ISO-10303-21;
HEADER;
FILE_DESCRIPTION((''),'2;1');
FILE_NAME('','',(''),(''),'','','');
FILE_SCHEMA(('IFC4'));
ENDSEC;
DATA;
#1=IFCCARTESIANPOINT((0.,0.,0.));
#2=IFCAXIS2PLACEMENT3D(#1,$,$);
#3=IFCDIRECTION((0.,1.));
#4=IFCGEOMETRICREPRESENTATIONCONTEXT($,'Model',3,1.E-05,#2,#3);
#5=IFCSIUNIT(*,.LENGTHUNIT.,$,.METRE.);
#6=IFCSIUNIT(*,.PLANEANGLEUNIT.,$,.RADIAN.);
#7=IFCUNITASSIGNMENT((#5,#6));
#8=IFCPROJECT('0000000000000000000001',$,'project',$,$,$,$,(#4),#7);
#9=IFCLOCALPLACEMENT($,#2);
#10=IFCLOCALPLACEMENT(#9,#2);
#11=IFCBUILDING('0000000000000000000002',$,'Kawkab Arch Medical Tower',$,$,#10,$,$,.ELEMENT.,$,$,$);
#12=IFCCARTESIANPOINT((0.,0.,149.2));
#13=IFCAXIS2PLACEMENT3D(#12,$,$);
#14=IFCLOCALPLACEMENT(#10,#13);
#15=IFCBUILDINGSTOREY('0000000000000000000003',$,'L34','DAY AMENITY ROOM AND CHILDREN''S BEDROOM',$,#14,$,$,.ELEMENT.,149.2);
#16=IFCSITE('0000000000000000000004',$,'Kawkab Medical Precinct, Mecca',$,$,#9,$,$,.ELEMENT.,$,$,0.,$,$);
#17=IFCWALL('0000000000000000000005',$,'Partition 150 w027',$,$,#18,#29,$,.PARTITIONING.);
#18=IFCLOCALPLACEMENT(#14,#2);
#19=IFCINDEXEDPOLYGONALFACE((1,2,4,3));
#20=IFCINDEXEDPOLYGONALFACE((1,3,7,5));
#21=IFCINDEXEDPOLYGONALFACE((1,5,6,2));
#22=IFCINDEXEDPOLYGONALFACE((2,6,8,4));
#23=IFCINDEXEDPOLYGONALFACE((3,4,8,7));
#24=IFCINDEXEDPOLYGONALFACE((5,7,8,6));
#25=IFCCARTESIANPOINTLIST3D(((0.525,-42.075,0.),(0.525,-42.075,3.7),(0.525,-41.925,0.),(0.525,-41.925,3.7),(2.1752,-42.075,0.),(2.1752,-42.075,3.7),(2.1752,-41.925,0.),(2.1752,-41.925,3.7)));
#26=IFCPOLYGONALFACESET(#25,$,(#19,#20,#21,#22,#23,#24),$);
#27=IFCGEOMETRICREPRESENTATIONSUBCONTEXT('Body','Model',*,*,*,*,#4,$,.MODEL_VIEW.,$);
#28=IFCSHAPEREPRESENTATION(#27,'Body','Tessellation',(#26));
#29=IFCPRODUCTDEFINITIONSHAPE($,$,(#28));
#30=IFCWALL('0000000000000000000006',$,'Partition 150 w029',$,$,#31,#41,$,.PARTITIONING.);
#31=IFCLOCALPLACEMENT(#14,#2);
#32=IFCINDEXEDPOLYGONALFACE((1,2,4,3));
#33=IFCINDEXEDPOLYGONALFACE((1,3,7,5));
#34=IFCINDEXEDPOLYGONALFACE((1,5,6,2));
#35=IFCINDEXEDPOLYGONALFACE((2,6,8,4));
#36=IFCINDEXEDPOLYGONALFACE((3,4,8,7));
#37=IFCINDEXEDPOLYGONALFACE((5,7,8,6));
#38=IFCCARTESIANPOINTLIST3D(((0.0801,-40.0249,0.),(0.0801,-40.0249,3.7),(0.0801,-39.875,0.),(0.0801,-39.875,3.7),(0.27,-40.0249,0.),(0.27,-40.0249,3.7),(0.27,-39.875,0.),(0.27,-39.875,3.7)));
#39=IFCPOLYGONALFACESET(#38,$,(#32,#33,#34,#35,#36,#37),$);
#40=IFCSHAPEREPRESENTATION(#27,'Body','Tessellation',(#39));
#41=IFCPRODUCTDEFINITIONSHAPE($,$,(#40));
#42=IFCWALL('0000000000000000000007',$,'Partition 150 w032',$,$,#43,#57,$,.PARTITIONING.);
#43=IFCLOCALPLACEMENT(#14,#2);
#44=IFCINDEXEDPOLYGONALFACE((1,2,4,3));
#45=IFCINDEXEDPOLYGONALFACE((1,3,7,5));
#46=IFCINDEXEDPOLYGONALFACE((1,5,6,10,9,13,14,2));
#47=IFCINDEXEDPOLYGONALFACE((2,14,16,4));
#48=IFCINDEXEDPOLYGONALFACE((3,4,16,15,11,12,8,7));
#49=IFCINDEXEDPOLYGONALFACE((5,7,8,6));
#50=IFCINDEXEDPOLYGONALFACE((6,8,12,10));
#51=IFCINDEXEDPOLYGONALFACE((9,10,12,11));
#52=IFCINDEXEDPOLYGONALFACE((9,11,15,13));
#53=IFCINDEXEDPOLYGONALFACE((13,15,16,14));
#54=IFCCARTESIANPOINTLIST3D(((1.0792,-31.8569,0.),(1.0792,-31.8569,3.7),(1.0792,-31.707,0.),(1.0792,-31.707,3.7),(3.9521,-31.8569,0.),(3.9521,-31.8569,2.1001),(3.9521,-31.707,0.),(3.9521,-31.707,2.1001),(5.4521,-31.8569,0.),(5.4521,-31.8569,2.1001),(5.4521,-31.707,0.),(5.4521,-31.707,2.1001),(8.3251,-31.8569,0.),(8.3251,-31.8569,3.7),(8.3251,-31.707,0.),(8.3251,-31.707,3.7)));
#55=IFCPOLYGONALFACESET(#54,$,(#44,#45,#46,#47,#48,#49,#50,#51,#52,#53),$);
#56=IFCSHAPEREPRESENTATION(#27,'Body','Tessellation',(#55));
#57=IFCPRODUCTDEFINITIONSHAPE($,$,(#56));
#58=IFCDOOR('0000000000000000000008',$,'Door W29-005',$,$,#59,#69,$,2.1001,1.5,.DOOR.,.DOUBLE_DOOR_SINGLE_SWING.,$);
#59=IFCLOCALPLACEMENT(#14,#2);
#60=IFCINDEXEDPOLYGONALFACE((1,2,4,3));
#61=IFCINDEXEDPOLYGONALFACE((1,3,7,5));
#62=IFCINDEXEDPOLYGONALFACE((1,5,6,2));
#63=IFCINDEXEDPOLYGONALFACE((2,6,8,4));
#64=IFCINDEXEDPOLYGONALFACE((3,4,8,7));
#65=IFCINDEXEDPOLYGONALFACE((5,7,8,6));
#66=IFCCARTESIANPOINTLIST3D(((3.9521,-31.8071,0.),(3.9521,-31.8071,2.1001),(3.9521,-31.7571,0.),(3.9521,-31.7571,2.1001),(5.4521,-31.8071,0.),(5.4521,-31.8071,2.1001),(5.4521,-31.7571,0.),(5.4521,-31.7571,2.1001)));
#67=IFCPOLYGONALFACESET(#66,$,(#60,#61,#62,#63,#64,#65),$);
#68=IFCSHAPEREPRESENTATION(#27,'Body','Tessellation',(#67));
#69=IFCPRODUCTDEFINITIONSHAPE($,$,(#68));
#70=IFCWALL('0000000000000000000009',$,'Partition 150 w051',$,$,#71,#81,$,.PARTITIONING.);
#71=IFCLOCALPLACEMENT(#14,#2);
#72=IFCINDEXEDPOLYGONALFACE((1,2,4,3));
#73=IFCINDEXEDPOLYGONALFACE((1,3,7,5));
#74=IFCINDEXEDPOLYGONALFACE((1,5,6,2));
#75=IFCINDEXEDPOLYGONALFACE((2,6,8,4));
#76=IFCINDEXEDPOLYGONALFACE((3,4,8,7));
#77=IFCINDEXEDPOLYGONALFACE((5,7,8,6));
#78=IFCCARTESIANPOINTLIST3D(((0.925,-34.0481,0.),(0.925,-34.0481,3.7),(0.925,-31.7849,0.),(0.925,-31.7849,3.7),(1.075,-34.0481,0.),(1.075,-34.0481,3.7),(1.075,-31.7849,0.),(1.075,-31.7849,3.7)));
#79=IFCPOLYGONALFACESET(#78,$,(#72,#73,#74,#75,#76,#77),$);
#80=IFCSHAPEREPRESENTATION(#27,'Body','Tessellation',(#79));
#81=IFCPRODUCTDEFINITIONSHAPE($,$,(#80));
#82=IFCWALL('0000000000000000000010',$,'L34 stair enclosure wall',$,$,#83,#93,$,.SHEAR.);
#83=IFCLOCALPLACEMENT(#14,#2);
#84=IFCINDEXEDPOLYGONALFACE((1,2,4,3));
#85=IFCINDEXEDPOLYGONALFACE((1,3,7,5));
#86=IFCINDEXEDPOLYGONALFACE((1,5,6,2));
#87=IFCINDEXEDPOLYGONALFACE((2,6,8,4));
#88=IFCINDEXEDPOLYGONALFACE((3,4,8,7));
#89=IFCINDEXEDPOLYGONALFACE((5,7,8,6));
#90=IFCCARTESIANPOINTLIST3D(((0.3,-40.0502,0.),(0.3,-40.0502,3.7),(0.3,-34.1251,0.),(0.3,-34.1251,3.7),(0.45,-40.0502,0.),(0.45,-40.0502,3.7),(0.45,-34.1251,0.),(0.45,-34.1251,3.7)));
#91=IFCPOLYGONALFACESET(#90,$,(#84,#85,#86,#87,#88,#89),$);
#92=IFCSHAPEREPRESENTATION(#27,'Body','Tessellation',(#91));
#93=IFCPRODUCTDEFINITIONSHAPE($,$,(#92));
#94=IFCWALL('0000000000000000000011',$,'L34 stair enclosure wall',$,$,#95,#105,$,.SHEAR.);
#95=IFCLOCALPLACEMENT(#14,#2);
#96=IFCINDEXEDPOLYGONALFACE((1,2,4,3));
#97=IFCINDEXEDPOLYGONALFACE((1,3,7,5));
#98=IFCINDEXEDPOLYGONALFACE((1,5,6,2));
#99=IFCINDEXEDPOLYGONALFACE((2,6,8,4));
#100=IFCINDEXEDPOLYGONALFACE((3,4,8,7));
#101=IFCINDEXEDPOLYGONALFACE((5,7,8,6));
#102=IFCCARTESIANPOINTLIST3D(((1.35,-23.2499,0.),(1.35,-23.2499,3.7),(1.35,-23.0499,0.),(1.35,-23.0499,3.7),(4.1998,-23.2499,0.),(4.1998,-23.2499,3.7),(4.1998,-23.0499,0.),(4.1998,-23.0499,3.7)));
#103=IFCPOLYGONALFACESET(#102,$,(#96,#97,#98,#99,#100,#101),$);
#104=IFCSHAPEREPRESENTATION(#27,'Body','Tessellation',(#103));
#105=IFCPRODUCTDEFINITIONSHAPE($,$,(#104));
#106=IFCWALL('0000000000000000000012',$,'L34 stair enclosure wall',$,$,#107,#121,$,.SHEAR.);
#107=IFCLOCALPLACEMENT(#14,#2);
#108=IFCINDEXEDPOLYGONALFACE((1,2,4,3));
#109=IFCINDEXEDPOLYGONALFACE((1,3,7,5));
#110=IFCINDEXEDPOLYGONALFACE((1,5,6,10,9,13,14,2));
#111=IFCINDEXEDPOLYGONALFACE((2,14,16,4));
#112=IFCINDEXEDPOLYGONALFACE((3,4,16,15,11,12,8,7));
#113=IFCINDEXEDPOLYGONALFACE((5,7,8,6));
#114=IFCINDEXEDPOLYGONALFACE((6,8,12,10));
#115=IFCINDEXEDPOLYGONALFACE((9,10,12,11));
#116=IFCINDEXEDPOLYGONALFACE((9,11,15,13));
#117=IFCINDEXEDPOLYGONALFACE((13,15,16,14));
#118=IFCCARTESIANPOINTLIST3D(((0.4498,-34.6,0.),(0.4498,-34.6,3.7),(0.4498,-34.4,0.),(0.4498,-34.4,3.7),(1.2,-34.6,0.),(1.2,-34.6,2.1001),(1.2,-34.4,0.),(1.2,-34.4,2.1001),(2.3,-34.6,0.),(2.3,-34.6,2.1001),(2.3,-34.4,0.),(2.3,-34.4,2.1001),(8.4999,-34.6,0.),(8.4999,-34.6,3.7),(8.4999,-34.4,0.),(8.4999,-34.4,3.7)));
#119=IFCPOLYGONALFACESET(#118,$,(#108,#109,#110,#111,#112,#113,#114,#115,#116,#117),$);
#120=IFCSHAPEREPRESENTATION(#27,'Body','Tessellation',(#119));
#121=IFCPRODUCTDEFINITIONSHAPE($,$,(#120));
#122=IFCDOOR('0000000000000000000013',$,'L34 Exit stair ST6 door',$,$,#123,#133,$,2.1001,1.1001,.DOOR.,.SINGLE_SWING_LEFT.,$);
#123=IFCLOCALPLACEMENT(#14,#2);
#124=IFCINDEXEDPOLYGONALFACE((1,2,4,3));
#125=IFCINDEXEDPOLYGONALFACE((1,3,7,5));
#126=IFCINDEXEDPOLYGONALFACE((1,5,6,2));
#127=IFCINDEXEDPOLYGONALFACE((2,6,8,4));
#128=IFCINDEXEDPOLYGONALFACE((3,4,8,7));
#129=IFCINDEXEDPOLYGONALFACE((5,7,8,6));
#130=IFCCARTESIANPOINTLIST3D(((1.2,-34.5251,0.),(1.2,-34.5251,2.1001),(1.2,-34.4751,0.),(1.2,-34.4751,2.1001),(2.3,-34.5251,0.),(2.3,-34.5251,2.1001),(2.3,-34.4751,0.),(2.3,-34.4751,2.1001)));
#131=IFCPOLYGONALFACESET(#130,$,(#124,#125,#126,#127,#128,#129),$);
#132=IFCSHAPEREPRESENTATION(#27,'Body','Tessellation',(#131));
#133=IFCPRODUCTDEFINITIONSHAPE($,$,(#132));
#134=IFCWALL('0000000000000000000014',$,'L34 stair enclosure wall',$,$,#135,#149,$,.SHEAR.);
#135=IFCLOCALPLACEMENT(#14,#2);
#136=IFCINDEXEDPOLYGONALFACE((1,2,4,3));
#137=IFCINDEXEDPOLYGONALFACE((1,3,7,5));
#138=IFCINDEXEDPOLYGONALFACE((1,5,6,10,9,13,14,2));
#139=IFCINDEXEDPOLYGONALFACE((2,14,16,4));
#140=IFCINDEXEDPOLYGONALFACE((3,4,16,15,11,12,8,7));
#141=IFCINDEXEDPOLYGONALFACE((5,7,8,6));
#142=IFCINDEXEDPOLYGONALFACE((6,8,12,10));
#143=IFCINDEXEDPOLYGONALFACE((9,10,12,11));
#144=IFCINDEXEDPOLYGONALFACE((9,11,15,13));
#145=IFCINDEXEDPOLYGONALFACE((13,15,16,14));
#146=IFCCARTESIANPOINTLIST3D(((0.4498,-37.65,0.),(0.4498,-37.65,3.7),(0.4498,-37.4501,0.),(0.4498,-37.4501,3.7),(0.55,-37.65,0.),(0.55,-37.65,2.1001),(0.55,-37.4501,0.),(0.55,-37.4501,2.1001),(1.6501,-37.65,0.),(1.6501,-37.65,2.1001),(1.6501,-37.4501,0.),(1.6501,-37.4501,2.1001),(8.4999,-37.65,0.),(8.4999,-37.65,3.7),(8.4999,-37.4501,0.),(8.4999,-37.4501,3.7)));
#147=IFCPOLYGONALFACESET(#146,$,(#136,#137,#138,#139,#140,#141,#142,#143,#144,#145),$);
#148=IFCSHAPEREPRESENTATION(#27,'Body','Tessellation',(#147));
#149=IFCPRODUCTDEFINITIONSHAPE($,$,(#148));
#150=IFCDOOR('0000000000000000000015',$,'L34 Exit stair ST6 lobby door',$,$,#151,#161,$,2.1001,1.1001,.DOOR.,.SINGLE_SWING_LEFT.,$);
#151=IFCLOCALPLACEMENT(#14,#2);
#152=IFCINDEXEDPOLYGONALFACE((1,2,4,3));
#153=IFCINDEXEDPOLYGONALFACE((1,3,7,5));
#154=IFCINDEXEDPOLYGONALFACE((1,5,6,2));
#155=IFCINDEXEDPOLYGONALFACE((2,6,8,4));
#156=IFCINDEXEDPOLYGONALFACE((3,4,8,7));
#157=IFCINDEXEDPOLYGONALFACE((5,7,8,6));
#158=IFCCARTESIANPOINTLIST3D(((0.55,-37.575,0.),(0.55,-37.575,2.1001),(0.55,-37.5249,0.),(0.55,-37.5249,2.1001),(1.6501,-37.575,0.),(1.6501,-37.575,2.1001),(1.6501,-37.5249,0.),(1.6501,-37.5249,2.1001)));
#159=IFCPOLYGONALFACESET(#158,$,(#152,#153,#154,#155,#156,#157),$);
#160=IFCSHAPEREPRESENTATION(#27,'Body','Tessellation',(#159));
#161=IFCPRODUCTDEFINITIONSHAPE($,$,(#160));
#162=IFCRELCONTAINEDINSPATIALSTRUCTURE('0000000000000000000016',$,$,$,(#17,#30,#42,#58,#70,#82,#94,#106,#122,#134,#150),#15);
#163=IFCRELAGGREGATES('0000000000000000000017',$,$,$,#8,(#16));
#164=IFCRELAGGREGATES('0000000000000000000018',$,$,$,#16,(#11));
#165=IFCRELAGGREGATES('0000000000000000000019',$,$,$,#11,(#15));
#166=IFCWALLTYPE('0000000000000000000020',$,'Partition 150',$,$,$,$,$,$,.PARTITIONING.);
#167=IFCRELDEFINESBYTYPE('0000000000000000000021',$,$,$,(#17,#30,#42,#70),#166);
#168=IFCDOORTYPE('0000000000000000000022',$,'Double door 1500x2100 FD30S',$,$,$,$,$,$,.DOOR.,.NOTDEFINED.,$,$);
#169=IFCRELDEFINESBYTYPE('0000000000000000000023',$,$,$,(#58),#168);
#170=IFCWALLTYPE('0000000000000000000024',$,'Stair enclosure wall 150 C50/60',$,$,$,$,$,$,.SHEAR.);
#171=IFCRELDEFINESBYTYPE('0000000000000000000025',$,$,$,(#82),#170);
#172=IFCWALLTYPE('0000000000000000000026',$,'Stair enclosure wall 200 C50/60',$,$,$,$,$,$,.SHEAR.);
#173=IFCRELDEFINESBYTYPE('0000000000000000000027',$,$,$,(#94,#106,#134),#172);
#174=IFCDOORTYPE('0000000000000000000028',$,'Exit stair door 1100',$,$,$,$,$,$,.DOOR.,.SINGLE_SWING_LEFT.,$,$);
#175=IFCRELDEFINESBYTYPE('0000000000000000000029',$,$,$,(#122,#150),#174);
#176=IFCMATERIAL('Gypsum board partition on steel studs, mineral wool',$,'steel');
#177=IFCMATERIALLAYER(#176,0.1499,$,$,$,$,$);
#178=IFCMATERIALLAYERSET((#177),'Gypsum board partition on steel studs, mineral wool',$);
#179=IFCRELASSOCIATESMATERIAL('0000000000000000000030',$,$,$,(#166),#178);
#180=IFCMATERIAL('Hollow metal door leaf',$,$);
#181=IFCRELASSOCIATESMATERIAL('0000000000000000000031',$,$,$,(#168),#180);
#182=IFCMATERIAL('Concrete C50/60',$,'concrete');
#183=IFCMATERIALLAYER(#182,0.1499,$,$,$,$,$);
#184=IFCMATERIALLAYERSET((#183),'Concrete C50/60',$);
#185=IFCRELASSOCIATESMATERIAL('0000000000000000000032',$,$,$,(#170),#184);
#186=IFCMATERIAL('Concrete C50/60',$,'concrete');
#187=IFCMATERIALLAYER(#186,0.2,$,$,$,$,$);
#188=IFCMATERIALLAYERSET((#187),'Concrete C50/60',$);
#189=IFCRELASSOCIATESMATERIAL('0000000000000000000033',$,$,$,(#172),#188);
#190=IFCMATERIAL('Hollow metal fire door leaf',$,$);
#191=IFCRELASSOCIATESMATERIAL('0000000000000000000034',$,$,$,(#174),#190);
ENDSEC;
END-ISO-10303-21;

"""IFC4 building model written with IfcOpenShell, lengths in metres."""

from ifc_helpers import new_model, si_unit, direction, frame, frame_2d, origin, place, context, subcontext, project, spatial, rectangle, extrude, material, layer, layer_set, type_object, element, fill, save


model = new_model("IFC4")

# Units and contexts
model_context = context("Model", 3, precision=1e-05, world=origin(), true_north=direction((0.0, 1.0)))
body_context = subcontext(model_context, "Body", "Model", "MODEL_VIEW")
ifc_project = project(units=[si_unit("LENGTHUNIT", "METRE"), si_unit("PLANEANGLEUNIT", "RADIAN")], contexts=[model_context])

# Site, building, storey
site_placement = place(None, origin())
site = spatial("IfcSite", under=ifc_project, at=site_placement, Name="Kawkab Medical Precinct, Mecca", CompositionType="ELEMENT", RefElevation=0.0)
building_placement = place(site_placement, origin())
building = spatial("IfcBuilding", under=site, at=building_placement, Name="Kawkab Arch Medical Tower", CompositionType="ELEMENT")
storey_placement = place(building_placement, frame((0.0, 0.0, 149.2)))
storey = spatial("IfcBuildingStorey", under=building, at=storey_placement, Name="L34", Description="DAY AMENITY ROOM AND CHILDREN'S BEDROOM", CompositionType="ELEMENT", Elevation=149.2)

# Walls
ifc_material_1 = material(Name="Gypsum board partition on steel studs, mineral wool", Category="steel")
ifc_layer_1 = layer(ifc_material_1, 0.1499)
ifc_layer_set_1 = layer_set([ifc_layer_1], Name="Gypsum board partition on steel studs, mineral wool")
wall_type_1 = type_object("IfcWallType", Name="Partition 150", PredefinedType="PARTITIONING", material=ifc_layer_set_1)
wall_1_placement = place(storey_placement, frame((0.5249, -42.0, 0.0), z_axis=(0.0, 0.0, 1.0), x_axis=(1.0, 0.0, 0.0)))
element("IfcWall", 1, at=wall_1_placement, inside=storey, type_object=wall_type_1, Name="Partition 150 w027", PredefinedType="PARTITIONING", context=body_context, shape_type="SweptSolid", body=[
    extrude(rectangle(XDim=1.6501, YDim=0.1499, at=frame_2d((0.8252, 0.0))), origin(), (0.0, 0.0, 1.0), 3.7),
])
wall_2_placement = place(storey_placement, frame((0.0801, -39.95, 0.0), z_axis=(0.0, 0.0, 1.0), x_axis=(1.0, 0.0, 0.0)))
element("IfcWall", 2, at=wall_2_placement, inside=storey, type_object=wall_type_1, Name="Partition 150 w029", PredefinedType="PARTITIONING", context=body_context, shape_type="SweptSolid", body=[
    extrude(rectangle(XDim=0.1899, YDim=0.1499, at=frame_2d((0.095, 0.0))), origin(), (0.0, 0.0, 1.0), 3.7),
])

# Wall, opening, door
wall_3_placement = place(storey_placement, frame((1.0791, -31.782, 0.0), z_axis=(0.0, 0.0, 1.0), x_axis=(1.0, 0.0, 0.0)))
wall_3 = element("IfcWall", 3, at=wall_3_placement, inside=storey, type_object=wall_type_1, Name="Partition 150 w032", PredefinedType="PARTITIONING", context=body_context, shape_type="SweptSolid", body=[
    extrude(rectangle(XDim=7.2458, YDim=0.1499, at=frame_2d((3.623, 0.0))), origin(), (0.0, 0.0, 1.0), 3.7),
])
opening_1_placement = place(wall_3_placement, frame((2.873, 0.0, 0.0)))
opening_1 = element("IfcOpeningElement", 4, at=opening_1_placement, cuts=wall_3, PredefinedType="OPENING", context=body_context, shape_type="SweptSolid", body=[
    extrude(rectangle(XDim=1.5, YDim=2.1001, at=frame_2d((0.75, 1.05))), frame((0.0, 0.085, 0.0), z_axis=(0.0, -1.0, 0.0), x_axis=(1.0, 0.0, 0.0)), (0.0, 0.0, 1.0), 0.1699),
])
ifc_material_2 = material(Name="Hollow metal door leaf")
door_type_1 = type_object("IfcDoorType", Name="Double door 1500x2100 FD30S", OperationType="NOTDEFINED", PredefinedType="DOOR", material=ifc_material_2)
door_1_placement = place(opening_1_placement, origin())
door_1 = element("IfcDoor", 5, at=door_1_placement, inside=storey, type_object=door_type_1, Name="Door W29-005", OperationType="DOUBLE_DOOR_SINGLE_SWING", OverallHeight=2.1001, OverallWidth=1.5, PredefinedType="DOOR", context=body_context, shape_type="SweptSolid", body=[
    extrude(rectangle(XDim=1.5, YDim=2.1001, at=frame_2d((0.75, 1.05))), frame((0.0, 0.0249, 0.0), z_axis=(0.0, -1.0, 0.0), x_axis=(1.0, 0.0, 0.0)), (0.0, 0.0, 1.0), 0.05),
])
fill(opening_1, door_1)

# Walls
wall_4_placement = place(storey_placement, frame((1.0, -34.0481, 0.0), z_axis=(0.0, 0.0, 1.0), x_axis=(0.0, 1.0, 0.0)))
element("IfcWall", 6, at=wall_4_placement, inside=storey, type_object=wall_type_1, Name="Partition 150 w051", PredefinedType="PARTITIONING", context=body_context, shape_type="SweptSolid", body=[
    extrude(rectangle(XDim=2.2632, YDim=0.1499, at=frame_2d((1.1316, 0.0))), origin(), (0.0, 0.0, 1.0), 3.7),
])
ifc_material_3 = material(Name="Concrete C50/60", Category="concrete")
ifc_layer_2 = layer(ifc_material_3, 0.1499)
ifc_layer_set_2 = layer_set([ifc_layer_2], Name="Concrete C50/60")
wall_type_2 = type_object("IfcWallType", Name="Stair enclosure wall 150 C50/60", PredefinedType="SHEAR", material=ifc_layer_set_2)
wall_5_placement = place(storey_placement, frame((0.375, -40.05, 0.0), z_axis=(0.0, 0.0, 1.0), x_axis=(0.0, 1.0, 0.0)))
element("IfcWall", 7, at=wall_5_placement, inside=storey, type_object=wall_type_2, Name="L34 stair enclosure wall", PredefinedType="SHEAR", context=body_context, shape_type="SweptSolid", body=[
    extrude(rectangle(XDim=5.925, YDim=0.1499, at=frame_2d((2.9624, 0.0))), origin(), (0.0, 0.0, 1.0), 3.7),
])
ifc_material_4 = material(Name="Concrete C50/60", Category="concrete")
ifc_layer_3 = layer(ifc_material_4, 0.2)
ifc_layer_set_3 = layer_set([ifc_layer_3], Name="Concrete C50/60")
wall_type_3 = type_object("IfcWallType", Name="Stair enclosure wall 200 C50/60", PredefinedType="SHEAR", material=ifc_layer_set_3)
wall_6_placement = place(storey_placement, frame((1.3501, -23.1499, 0.0), z_axis=(0.0, 0.0, 1.0), x_axis=(1.0, 0.0, 0.0)))
element("IfcWall", 8, at=wall_6_placement, inside=storey, type_object=wall_type_3, Name="L34 stair enclosure wall", PredefinedType="SHEAR", context=body_context, shape_type="SweptSolid", body=[
    extrude(rectangle(XDim=2.8499, YDim=0.2, at=frame_2d((1.4248, 0.0))), origin(), (0.0, 0.0, 1.0), 3.7),
])

# Walls, openings, doors
wall_7_placement = place(storey_placement, frame((0.45, -34.5, 0.0), z_axis=(0.0, 0.0, 1.0), x_axis=(1.0, 0.0, 0.0)))
wall_7 = element("IfcWall", 9, at=wall_7_placement, inside=storey, type_object=wall_type_3, Name="L34 stair enclosure wall", PredefinedType="SHEAR", context=body_context, shape_type="SweptSolid", body=[
    extrude(rectangle(XDim=8.05, YDim=0.2, at=frame_2d((4.0249, 0.0))), origin(), (0.0, 0.0, 1.0), 3.7),
])
opening_2_placement = place(wall_7_placement, frame((0.75, 0.0, 0.0)))
opening_2 = element("IfcOpeningElement", 10, at=opening_2_placement, cuts=wall_7, PredefinedType="OPENING", context=body_context, shape_type="SweptSolid", body=[
    extrude(rectangle(XDim=1.1001, YDim=2.1001, at=frame_2d((0.55, 1.05))), frame((0.0, 0.1099, 0.0), z_axis=(0.0, -1.0, 0.0), x_axis=(1.0, 0.0, 0.0)), (0.0, 0.0, 1.0), 0.22),
])
ifc_material_5 = material(Name="Hollow metal fire door leaf")
door_type_2 = type_object("IfcDoorType", Name="Exit stair door 1100", OperationType="SINGLE_SWING_LEFT", PredefinedType="DOOR", material=ifc_material_5)
door_2_placement = place(opening_2_placement, origin())
door_2 = element("IfcDoor", 11, at=door_2_placement, inside=storey, type_object=door_type_2, Name="L34 Exit stair ST6 door", OperationType="SINGLE_SWING_LEFT", OverallHeight=2.1001, OverallWidth=1.1001, PredefinedType="DOOR", context=body_context, shape_type="SweptSolid", body=[
    extrude(rectangle(XDim=1.1001, YDim=2.1001, at=frame_2d((0.55, 1.05))), frame((0.0, 0.0249, 0.0), z_axis=(0.0, -1.0, 0.0), x_axis=(1.0, 0.0, 0.0)), (0.0, 0.0, 1.0), 0.05),
])
fill(opening_2, door_2)
wall_8_placement = place(storey_placement, frame((0.45, -37.55, 0.0), z_axis=(0.0, 0.0, 1.0), x_axis=(1.0, 0.0, 0.0)))
wall_8 = element("IfcWall", 12, at=wall_8_placement, inside=storey, type_object=wall_type_3, Name="L34 stair enclosure wall", PredefinedType="SHEAR", context=body_context, shape_type="SweptSolid", body=[
    extrude(rectangle(XDim=8.05, YDim=0.2, at=frame_2d((4.0249, 0.0))), origin(), (0.0, 0.0, 1.0), 3.7),
])
opening_3_placement = place(wall_8_placement, frame((0.1001, 0.0, 0.0)))
opening_3 = element("IfcOpeningElement", 13, at=opening_3_placement, cuts=wall_8, PredefinedType="OPENING", context=body_context, shape_type="SweptSolid", body=[
    extrude(rectangle(XDim=1.1001, YDim=2.1001, at=frame_2d((0.55, 1.05))), frame((0.0, 0.1099, 0.0), z_axis=(0.0, -1.0, 0.0), x_axis=(1.0, 0.0, 0.0)), (0.0, 0.0, 1.0), 0.22),
])
door_3_placement = place(opening_3_placement, frame((1.1001, 0.0, 0.0), z_axis=(0.0, 0.0, 1.0), x_axis=(-1.0, 0.0, 0.0)))
door_3 = element("IfcDoor", 14, at=door_3_placement, inside=storey, type_object=door_type_2, Name="L34 Exit stair ST6 lobby door", OperationType="SINGLE_SWING_LEFT", OverallHeight=2.1001, OverallWidth=1.1001, PredefinedType="DOOR", context=body_context, shape_type="SweptSolid", body=[
    extrude(rectangle(XDim=1.1001, YDim=2.1001, at=frame_2d((0.55, 1.05))), frame((0.0, 0.0249, 0.0), z_axis=(0.0, -1.0, 0.0), x_axis=(1.0, 0.0, 0.0)), (0.0, 0.0, 1.0), 0.05),
])
fill(opening_3, door_3)

save(model, "model.ifc")
